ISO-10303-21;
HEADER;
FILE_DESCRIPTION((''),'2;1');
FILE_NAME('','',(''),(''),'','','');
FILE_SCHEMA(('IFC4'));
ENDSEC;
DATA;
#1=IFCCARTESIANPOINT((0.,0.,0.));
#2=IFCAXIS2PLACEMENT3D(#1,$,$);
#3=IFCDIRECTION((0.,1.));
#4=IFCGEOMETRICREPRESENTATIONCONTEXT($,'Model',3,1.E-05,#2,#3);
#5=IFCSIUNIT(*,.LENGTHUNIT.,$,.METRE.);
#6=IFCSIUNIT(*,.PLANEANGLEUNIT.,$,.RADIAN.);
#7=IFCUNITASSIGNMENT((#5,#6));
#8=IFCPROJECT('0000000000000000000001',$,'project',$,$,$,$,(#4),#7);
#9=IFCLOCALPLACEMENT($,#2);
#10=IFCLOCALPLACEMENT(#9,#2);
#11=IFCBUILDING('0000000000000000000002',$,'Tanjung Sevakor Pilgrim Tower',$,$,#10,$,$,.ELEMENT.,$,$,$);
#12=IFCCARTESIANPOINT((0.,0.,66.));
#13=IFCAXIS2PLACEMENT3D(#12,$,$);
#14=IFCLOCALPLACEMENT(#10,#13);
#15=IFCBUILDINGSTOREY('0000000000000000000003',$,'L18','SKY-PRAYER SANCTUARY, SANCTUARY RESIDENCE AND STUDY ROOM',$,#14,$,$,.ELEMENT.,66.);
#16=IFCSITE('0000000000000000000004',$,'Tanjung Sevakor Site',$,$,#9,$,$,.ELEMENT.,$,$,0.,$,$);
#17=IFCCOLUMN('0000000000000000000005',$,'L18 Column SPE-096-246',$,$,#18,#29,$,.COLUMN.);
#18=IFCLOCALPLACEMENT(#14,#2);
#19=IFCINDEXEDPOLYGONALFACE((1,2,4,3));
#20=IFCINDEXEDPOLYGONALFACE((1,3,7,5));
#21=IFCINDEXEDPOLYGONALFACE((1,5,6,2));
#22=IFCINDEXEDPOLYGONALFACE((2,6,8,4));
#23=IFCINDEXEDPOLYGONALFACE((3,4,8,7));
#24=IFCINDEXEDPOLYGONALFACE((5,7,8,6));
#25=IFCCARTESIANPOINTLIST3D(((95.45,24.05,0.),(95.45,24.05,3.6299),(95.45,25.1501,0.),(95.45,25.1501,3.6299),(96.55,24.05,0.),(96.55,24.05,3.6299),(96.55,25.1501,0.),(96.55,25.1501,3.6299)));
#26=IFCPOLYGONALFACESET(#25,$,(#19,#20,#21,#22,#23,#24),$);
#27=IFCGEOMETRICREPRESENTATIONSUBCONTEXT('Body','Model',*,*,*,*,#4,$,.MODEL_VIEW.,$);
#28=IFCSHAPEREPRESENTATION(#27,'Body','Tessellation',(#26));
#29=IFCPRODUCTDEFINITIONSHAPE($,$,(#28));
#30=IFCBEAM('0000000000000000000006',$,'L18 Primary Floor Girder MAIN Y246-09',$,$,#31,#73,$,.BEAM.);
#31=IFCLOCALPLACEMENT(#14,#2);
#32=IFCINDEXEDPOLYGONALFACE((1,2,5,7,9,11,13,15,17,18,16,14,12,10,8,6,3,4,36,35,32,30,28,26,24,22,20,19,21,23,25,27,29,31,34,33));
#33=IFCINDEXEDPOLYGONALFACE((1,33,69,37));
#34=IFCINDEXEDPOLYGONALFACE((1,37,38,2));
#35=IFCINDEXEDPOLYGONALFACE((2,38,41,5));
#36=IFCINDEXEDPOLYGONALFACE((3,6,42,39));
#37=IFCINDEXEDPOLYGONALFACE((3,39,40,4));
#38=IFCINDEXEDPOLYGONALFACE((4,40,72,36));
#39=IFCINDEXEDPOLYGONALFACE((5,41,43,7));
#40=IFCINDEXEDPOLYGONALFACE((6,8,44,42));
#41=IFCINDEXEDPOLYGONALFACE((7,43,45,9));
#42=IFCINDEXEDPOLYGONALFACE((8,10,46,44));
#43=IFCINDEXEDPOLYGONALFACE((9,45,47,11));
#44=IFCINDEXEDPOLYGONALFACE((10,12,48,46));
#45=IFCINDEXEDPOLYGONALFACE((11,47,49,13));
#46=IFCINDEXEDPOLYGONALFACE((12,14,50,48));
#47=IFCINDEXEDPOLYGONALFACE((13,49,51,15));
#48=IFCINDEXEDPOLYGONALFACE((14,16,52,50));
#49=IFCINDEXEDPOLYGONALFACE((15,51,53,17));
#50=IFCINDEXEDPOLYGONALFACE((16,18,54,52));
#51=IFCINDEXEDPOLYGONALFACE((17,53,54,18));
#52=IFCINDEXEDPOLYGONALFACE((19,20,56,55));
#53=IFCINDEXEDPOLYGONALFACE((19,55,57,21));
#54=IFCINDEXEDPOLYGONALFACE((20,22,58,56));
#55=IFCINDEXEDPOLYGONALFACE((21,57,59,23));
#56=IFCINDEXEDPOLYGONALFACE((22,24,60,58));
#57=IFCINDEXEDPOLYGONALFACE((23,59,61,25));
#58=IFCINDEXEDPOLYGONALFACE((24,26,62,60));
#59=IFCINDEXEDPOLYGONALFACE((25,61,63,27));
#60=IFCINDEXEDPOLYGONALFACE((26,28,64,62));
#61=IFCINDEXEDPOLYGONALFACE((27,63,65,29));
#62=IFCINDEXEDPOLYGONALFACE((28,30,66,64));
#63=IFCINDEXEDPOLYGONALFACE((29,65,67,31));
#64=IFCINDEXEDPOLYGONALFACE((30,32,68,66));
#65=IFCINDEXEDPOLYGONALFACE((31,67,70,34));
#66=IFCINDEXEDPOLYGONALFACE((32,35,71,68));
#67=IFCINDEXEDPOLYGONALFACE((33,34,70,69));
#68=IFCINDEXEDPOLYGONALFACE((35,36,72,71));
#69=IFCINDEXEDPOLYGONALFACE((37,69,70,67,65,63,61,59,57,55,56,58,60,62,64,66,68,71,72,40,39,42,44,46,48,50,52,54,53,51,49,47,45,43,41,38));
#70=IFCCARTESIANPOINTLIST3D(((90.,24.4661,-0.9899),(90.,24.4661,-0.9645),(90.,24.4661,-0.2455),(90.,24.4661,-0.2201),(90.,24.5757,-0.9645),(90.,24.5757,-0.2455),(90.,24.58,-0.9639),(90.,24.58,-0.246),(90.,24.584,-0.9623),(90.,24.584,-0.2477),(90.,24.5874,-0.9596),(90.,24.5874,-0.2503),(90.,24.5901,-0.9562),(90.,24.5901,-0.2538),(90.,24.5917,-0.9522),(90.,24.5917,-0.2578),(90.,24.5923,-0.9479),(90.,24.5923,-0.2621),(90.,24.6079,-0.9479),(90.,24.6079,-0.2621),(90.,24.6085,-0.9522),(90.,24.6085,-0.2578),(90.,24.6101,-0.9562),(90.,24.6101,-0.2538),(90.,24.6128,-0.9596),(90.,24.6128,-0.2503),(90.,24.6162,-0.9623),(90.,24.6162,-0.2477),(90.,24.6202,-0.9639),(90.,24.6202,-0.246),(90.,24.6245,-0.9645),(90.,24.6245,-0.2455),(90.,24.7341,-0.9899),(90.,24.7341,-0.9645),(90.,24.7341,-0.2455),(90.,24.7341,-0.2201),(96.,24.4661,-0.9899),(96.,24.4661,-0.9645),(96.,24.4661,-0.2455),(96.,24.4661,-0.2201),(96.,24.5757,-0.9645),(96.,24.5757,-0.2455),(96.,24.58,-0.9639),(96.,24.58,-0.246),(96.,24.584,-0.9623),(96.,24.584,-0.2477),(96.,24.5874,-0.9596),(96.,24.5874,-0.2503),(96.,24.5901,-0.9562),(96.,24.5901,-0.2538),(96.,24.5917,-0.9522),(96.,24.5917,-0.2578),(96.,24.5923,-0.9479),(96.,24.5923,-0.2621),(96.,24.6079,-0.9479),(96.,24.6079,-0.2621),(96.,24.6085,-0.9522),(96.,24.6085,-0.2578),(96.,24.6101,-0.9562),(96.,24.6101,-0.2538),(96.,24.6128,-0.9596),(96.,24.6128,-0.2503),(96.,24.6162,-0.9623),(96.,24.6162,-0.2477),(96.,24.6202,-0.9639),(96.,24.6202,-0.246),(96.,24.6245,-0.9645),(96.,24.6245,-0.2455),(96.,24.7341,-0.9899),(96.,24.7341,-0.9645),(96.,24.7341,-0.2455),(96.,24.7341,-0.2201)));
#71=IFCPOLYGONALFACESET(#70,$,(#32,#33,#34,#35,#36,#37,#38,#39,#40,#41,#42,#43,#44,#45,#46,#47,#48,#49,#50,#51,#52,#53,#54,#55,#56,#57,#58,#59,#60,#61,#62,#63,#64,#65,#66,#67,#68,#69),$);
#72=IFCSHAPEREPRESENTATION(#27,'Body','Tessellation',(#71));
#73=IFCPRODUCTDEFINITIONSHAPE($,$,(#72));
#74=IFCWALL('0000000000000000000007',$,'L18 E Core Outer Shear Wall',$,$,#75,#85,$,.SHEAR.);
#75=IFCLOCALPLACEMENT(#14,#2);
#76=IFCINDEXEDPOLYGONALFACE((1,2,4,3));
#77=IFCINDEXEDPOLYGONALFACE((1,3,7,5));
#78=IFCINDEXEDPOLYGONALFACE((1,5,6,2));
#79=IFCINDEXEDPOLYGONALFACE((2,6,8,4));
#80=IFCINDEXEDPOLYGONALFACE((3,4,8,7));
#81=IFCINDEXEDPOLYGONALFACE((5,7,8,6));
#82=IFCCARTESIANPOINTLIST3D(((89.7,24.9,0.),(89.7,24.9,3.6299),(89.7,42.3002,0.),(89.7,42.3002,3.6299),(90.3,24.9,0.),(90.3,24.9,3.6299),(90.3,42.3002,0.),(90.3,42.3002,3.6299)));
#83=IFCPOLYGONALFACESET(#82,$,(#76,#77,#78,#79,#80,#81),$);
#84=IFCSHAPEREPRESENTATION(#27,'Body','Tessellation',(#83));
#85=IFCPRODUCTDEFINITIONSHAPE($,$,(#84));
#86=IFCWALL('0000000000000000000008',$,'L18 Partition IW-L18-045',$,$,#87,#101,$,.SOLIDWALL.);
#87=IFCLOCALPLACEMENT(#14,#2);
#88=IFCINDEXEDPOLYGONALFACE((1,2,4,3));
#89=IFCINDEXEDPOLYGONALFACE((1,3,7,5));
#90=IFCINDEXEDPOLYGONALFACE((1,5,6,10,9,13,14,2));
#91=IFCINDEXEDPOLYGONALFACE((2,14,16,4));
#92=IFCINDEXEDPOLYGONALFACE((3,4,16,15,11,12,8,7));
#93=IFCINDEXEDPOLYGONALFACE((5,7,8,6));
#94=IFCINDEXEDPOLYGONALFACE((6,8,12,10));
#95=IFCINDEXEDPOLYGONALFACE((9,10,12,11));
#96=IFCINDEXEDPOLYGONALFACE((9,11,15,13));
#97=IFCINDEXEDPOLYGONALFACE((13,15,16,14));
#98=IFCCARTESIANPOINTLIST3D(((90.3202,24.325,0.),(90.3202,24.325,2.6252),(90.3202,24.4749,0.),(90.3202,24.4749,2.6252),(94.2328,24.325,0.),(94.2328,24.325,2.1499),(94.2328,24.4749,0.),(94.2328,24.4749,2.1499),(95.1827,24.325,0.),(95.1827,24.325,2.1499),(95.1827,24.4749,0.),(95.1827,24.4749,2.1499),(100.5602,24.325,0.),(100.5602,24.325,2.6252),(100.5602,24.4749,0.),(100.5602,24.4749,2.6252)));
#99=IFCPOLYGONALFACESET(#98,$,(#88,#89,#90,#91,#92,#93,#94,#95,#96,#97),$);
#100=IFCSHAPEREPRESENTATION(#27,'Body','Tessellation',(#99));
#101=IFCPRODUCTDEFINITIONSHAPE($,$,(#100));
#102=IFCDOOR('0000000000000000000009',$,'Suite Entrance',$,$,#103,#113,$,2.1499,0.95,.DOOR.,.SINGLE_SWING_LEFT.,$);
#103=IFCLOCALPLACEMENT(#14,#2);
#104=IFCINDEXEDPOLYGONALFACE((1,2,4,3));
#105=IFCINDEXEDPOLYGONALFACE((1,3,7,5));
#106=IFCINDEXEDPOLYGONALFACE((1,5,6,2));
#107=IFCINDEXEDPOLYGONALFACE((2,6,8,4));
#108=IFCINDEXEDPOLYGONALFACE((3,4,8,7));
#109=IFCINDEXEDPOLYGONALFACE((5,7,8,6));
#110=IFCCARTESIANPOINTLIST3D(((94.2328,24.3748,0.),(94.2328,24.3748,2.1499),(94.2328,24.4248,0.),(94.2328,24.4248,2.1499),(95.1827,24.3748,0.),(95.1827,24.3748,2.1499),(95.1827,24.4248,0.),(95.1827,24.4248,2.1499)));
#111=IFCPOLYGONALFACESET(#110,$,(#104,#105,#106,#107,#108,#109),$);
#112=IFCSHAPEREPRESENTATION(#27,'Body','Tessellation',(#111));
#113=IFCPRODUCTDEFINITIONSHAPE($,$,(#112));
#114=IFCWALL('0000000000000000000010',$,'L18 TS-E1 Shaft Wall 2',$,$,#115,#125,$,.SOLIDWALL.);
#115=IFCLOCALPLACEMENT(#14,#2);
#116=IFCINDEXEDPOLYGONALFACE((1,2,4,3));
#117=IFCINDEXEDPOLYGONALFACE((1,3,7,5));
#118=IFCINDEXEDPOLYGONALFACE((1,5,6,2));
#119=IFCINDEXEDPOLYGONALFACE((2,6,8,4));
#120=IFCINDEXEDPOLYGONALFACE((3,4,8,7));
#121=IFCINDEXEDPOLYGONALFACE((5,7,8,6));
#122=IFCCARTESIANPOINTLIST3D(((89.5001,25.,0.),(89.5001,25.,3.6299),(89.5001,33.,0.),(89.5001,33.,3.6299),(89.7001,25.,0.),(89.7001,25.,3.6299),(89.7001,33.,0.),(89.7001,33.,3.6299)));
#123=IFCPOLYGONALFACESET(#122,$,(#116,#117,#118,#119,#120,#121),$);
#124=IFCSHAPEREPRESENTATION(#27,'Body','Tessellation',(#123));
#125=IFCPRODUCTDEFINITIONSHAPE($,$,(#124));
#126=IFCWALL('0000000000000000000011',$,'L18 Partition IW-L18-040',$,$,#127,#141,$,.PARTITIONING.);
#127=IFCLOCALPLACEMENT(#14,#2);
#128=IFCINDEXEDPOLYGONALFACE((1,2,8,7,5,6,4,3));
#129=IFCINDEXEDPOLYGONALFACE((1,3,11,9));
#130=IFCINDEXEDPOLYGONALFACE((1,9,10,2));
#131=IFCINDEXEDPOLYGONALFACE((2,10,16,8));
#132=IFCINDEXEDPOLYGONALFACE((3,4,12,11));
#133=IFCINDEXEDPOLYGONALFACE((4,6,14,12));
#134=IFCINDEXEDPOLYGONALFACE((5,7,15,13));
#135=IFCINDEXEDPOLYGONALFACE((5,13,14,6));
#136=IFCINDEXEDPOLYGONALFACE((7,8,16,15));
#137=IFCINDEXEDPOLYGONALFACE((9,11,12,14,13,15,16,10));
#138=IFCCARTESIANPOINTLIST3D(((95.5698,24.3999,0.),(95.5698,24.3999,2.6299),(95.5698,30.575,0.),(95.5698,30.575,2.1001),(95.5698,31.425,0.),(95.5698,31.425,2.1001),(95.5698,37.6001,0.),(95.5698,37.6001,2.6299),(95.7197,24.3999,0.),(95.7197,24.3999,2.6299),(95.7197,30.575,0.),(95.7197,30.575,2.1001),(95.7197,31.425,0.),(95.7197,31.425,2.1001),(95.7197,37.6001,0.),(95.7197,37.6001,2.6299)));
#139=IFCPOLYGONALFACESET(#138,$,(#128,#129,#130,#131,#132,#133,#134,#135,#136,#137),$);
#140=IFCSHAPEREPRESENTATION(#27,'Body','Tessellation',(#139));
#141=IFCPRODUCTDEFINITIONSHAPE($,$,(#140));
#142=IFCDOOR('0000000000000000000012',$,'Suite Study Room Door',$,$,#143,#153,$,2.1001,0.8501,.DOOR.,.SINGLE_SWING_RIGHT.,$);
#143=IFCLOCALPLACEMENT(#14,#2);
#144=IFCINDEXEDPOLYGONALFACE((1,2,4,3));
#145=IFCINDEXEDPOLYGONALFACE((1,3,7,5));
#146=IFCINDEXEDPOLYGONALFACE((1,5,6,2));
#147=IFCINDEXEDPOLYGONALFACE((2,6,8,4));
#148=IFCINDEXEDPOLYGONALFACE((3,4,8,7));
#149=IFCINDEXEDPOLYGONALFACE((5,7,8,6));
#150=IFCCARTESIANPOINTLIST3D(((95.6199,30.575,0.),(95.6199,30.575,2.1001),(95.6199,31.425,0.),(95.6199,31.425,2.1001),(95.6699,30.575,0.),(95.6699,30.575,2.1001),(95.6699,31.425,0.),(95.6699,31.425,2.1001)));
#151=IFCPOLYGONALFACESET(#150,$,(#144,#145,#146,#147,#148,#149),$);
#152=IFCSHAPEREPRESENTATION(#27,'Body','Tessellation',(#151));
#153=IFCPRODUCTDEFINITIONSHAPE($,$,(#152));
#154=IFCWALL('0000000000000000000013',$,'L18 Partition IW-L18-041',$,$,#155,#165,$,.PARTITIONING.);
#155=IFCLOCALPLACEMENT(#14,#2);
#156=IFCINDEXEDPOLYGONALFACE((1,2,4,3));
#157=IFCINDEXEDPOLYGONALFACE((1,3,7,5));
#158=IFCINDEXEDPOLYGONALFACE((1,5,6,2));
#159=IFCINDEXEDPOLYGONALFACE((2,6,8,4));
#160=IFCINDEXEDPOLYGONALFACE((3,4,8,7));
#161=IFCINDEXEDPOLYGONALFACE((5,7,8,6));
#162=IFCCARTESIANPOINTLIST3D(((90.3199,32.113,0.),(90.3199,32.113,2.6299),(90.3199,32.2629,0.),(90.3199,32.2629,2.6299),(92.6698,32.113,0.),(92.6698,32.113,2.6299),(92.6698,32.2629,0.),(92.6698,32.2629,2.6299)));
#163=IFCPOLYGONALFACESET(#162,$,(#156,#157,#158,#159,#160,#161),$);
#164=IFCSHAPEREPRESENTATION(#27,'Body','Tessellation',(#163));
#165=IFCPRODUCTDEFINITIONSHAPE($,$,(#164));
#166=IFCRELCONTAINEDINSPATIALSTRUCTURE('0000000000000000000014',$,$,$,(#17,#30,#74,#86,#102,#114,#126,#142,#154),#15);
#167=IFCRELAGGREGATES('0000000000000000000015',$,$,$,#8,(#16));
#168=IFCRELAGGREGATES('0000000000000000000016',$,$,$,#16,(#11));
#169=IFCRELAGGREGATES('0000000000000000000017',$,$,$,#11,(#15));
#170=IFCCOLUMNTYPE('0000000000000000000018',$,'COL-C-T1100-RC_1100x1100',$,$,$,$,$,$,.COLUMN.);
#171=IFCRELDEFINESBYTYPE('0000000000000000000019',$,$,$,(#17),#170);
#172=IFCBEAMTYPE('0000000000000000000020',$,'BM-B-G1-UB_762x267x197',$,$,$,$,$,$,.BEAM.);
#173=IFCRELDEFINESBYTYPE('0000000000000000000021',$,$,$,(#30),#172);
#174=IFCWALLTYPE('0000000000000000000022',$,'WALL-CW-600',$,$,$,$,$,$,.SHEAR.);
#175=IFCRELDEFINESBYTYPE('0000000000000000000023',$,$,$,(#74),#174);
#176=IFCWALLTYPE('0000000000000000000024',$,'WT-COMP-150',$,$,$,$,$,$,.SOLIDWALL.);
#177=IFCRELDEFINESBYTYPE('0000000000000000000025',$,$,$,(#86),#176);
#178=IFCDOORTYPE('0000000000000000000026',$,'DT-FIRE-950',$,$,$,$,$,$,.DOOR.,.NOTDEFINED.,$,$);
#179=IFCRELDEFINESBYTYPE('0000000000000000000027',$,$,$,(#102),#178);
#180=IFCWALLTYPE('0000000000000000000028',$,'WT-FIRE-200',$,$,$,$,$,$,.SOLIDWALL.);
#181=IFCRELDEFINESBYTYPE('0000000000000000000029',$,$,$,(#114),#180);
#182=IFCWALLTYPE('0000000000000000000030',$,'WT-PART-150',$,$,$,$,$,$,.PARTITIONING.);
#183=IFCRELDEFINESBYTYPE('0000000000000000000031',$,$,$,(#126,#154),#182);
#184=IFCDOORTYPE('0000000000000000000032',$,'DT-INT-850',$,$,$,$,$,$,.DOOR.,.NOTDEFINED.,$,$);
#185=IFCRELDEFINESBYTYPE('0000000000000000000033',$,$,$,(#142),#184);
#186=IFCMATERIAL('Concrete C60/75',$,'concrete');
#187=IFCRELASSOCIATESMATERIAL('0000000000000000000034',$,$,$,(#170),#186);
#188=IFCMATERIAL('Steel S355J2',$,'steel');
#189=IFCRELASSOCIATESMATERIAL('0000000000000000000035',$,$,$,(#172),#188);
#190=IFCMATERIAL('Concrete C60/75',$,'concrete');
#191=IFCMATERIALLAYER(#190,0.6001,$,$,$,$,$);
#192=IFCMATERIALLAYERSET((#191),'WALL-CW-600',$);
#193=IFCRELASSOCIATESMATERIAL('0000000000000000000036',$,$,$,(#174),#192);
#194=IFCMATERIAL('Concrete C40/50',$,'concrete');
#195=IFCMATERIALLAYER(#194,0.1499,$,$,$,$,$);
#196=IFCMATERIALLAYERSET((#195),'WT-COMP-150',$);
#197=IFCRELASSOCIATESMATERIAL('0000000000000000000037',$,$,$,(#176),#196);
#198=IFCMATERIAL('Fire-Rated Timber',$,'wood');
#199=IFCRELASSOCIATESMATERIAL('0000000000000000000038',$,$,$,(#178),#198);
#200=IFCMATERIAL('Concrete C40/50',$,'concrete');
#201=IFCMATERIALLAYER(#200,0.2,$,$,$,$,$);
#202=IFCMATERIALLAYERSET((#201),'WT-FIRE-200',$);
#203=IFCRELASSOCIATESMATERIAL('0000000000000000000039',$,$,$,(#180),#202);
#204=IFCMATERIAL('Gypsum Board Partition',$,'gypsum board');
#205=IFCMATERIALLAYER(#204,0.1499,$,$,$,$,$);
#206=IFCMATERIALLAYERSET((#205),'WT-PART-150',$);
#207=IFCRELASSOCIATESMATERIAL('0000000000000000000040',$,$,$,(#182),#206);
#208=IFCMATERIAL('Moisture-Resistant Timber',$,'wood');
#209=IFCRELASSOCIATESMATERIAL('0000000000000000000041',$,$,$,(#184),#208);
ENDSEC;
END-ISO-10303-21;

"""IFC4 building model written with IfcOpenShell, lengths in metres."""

from ifc_helpers import new_model, si_unit, direction, frame, frame_2d, origin, origin_2d, place, context, subcontext, project, spatial, rectangle, i_section, extrude, material, layer, layer_set, material_profile, profile_set, type_object, element, fill, save


model = new_model("IFC4")

# Units and contexts
model_context = context("Model", 3, precision=1e-05, world=origin(), true_north=direction((0.0, 1.0)))
body_context = subcontext(model_context, "Body", "Model", "MODEL_VIEW")
ifc_project = project(units=[si_unit("LENGTHUNIT", "METRE"), si_unit("PLANEANGLEUNIT", "RADIAN")], contexts=[model_context])

# Site, building, storey
site_placement = place(None, origin())
site = spatial("IfcSite", under=ifc_project, at=site_placement, Name="Tanjung Sevakor Site", CompositionType="ELEMENT", RefElevation=0.0)
building_placement = place(site_placement, origin())
building = spatial("IfcBuilding", under=site, at=building_placement, Name="Tanjung Sevakor Pilgrim Tower", CompositionType="ELEMENT")
storey_placement = place(building_placement, frame((0.0, 0.0, 66.0)))
storey = spatial("IfcBuildingStorey", under=building, at=storey_placement, Name="L18", Description="SKY-PRAYER SANCTUARY, SANCTUARY RESIDENCE AND STUDY ROOM", CompositionType="ELEMENT", Elevation=66.0)

# Column
ifc_material_1 = material(Name="Concrete C60/75", Category="concrete")
ifc_material_profile_1 = material_profile(ifc_material_1, rectangle(XDim=1.1001, YDim=1.1001, at=origin_2d()))
ifc_profile_set_1 = profile_set([ifc_material_profile_1], Name="Concrete C60/75")
column_type = type_object("IfcColumnType", Name="COL-C-T1100-RC_1100x1100", PredefinedType="COLUMN", material=ifc_profile_set_1)
column_placement = place(storey_placement, frame((96.0, 24.6001, 0.0), z_axis=(0.0, 0.0, 1.0), x_axis=(1.0, 0.0, 0.0)))
element("IfcColumn", 1, at=column_placement, inside=storey, type_object=column_type, Name="L18 Column SPE-096-246", PredefinedType="COLUMN", context=body_context, shape_type="SweptSolid", body=[
    extrude(rectangle(XDim=1.1001, YDim=1.1001, at=origin_2d()), origin(), (0.0, 0.0, 1.0), 3.6299),
])

# Beam
ifc_material_2 = material(Name="Steel S355J2", Category="steel")
ifc_material_profile_2 = material_profile(ifc_material_2, i_section(OverallWidth=0.2681, OverallDepth=0.7698, WebThickness=0.0156, FlangeThickness=0.0254, FilletRadius=0.0166, at=origin_2d()))
ifc_profile_set_2 = profile_set([ifc_material_profile_2], Name="Steel S355J2")
beam_type = type_object("IfcBeamType", Name="BM-B-G1-UB_762x267x197", PredefinedType="BEAM", material=ifc_profile_set_2)
beam_placement = place(storey_placement, frame((90.0, 24.6001, -0.605), z_axis=(1.0, 0.0, 0.0), x_axis=(0.0, 1.0, 0.0)))
element("IfcBeam", 2, at=beam_placement, inside=storey, type_object=beam_type, Name="L18 Primary Floor Girder MAIN Y246-09", PredefinedType="BEAM", context=body_context, shape_type="SweptSolid", body=[
    extrude(i_section(OverallWidth=0.2681, OverallDepth=0.7698, WebThickness=0.0156, FlangeThickness=0.0254, FilletRadius=0.0166, at=origin_2d()), origin(), (0.0, 0.0, 1.0), 6.0),
])

# Wall
ifc_material_3 = material(Name="Concrete C60/75", Category="concrete")
ifc_layer_1 = layer(ifc_material_3, 0.6001)
ifc_layer_set_1 = layer_set([ifc_layer_1], Name="WALL-CW-600")
wall_type_1 = type_object("IfcWallType", Name="WALL-CW-600", PredefinedType="SHEAR", material=ifc_layer_set_1)
wall_1_placement = place(storey_placement, frame((90.0, 24.8999, 0.0), z_axis=(0.0, 0.0, 1.0), x_axis=(0.0, 1.0, 0.0)))
element("IfcWall", 3, at=wall_1_placement, inside=storey, type_object=wall_type_1, Name="L18 E Core Outer Shear Wall", PredefinedType="SHEAR", context=body_context, shape_type="SweptSolid", body=[
    extrude(rectangle(XDim=17.4001, YDim=0.6001, at=frame_2d((8.7002, 0.0))), origin(), (0.0, 0.0, 1.0), 3.6299),
])

# Wall, opening, door
ifc_material_4 = material(Name="Concrete C40/50", Category="concrete")
ifc_layer_2 = layer(ifc_material_4, 0.1499)
ifc_layer_set_2 = layer_set([ifc_layer_2], Name="WT-COMP-150")
wall_type_2 = type_object("IfcWallType", Name="WT-COMP-150", PredefinedType="SOLIDWALL", material=ifc_layer_set_2)
wall_2_placement = place(storey_placement, frame((90.3201, 24.3999, 0.0), z_axis=(0.0, 0.0, 1.0), x_axis=(1.0, 0.0, 0.0)))
wall_2 = element("IfcWall", 4, at=wall_2_placement, inside=storey, type_object=wall_type_2, Name="L18 Partition IW-L18-045", PredefinedType="SOLIDWALL", context=body_context, shape_type="SweptSolid", body=[
    extrude(rectangle(XDim=10.24, YDim=0.1499, at=frame_2d((5.1201, 0.0))), origin(), (0.0, 0.0, 1.0), 2.6252),
])
opening_1_placement = place(wall_2_placement, frame((3.9126, 0.0, 0.0)))
opening_1 = element("IfcOpeningElement", 5, at=opening_1_placement, cuts=wall_2, PredefinedType="OPENING", context=body_context, shape_type="SweptSolid", body=[
    extrude(rectangle(XDim=0.95, YDim=2.1499, at=frame_2d((0.4751, 1.075))), frame((0.0, 0.085, 0.0), z_axis=(0.0, -1.0, 0.0), x_axis=(1.0, 0.0, 0.0)), (0.0, 0.0, 1.0), 0.1699),
])
ifc_material_5 = material(Name="Fire-Rated Timber", Category="wood")
door_type_1 = type_object("IfcDoorType", Name="DT-FIRE-950", OperationType="NOTDEFINED", PredefinedType="DOOR", material=ifc_material_5)
door_1_placement = place(opening_1_placement, origin())
door_1 = element("IfcDoor", 6, at=door_1_placement, inside=storey, type_object=door_type_1, Name="Suite Entrance", OperationType="SINGLE_SWING_LEFT", OverallHeight=2.1499, OverallWidth=0.95, PredefinedType="DOOR", context=body_context, shape_type="SweptSolid", body=[
    extrude(rectangle(XDim=0.95, YDim=2.1499, at=frame_2d((0.4751, 1.075))), frame((0.0, 0.0249, 0.0), z_axis=(0.0, -1.0, 0.0), x_axis=(1.0, 0.0, 0.0)), (0.0, 0.0, 1.0), 0.05),
])
fill(opening_1, door_1)

# Wall
ifc_material_6 = material(Name="Concrete C40/50", Category="concrete")
ifc_layer_3 = layer(ifc_material_6, 0.2)
ifc_layer_set_3 = layer_set([ifc_layer_3], Name="WT-FIRE-200")
wall_type_3 = type_object("IfcWallType", Name="WT-FIRE-200", PredefinedType="SOLIDWALL", material=ifc_layer_set_3)
wall_3_placement = place(storey_placement, frame((89.6001, 25.0, 0.0), z_axis=(0.0, 0.0, 1.0), x_axis=(0.0, 1.0, 0.0)))
element("IfcWall", 7, at=wall_3_placement, inside=storey, type_object=wall_type_3, Name="L18 TS-E1 Shaft Wall 2", PredefinedType="SOLIDWALL", context=body_context, shape_type="SweptSolid", body=[
    extrude(rectangle(XDim=8.0, YDim=0.2, at=frame_2d((4.0, 0.0))), origin(), (0.0, 0.0, 1.0), 3.6299),
])

# Wall, opening, door
ifc_material_7 = material(Name="Gypsum Board Partition", Category="gypsum board")
ifc_layer_4 = layer(ifc_material_7, 0.1499)
ifc_layer_set_4 = layer_set([ifc_layer_4], Name="WT-PART-150")
wall_type_4 = type_object("IfcWallType", Name="WT-PART-150", PredefinedType="PARTITIONING", material=ifc_layer_set_4)
wall_4_placement = place(storey_placement, frame((95.6448, 24.3999, 0.0), z_axis=(0.0, 0.0, 1.0), x_axis=(0.0, 1.0, 0.0)))
wall_4 = element("IfcWall", 8, at=wall_4_placement, inside=storey, type_object=wall_type_4, Name="L18 Partition IW-L18-040", PredefinedType="PARTITIONING", context=body_context, shape_type="SweptSolid", body=[
    extrude(rectangle(XDim=13.2002, YDim=0.1499, at=frame_2d((6.6001, 0.0))), origin(), (0.0, 0.0, 1.0), 2.6299),
])
opening_2_placement = place(wall_4_placement, frame((6.175, 0.0, 0.0)))
opening_2 = element("IfcOpeningElement", 9, at=opening_2_placement, cuts=wall_4, PredefinedType="OPENING", context=body_context, shape_type="SweptSolid", body=[
    extrude(rectangle(XDim=0.8501, YDim=2.1001, at=frame_2d((0.425, 1.05))), frame((0.0, 0.085, 0.0), z_axis=(0.0, -1.0, 0.0), x_axis=(1.0, 0.0, 0.0)), (0.0, 0.0, 1.0), 0.1699),
])
ifc_material_8 = material(Name="Moisture-Resistant Timber", Category="wood")
door_type_2 = type_object("IfcDoorType", Name="DT-INT-850", OperationType="NOTDEFINED", PredefinedType="DOOR", material=ifc_material_8)
door_2_placement = place(opening_2_placement, origin())
door_2 = element("IfcDoor", 10, at=door_2_placement, inside=storey, type_object=door_type_2, Name="Suite Study Room Door", OperationType="SINGLE_SWING_RIGHT", OverallHeight=2.1001, OverallWidth=0.8501, PredefinedType="DOOR", context=body_context, shape_type="SweptSolid", body=[
    extrude(rectangle(XDim=0.8501, YDim=2.1001, at=frame_2d((0.425, 1.05))), frame((0.0, 0.0249, 0.0), z_axis=(0.0, -1.0, 0.0), x_axis=(1.0, 0.0, 0.0)), (0.0, 0.0, 1.0), 0.05),
])
fill(opening_2, door_2)

# Wall
wall_5_placement = place(storey_placement, frame((90.3201, 32.188, 0.0), z_axis=(0.0, 0.0, 1.0), x_axis=(1.0, 0.0, 0.0)))
element("IfcWall", 11, at=wall_5_placement, inside=storey, type_object=wall_type_4, Name="L18 Partition IW-L18-041", PredefinedType="PARTITIONING", context=body_context, shape_type="SweptSolid", body=[
    extrude(rectangle(XDim=2.3499, YDim=0.1499, at=frame_2d((1.1748, 0.0))), origin(), (0.0, 0.0, 1.0), 2.6299),
])

save(model, "model.ifc")
